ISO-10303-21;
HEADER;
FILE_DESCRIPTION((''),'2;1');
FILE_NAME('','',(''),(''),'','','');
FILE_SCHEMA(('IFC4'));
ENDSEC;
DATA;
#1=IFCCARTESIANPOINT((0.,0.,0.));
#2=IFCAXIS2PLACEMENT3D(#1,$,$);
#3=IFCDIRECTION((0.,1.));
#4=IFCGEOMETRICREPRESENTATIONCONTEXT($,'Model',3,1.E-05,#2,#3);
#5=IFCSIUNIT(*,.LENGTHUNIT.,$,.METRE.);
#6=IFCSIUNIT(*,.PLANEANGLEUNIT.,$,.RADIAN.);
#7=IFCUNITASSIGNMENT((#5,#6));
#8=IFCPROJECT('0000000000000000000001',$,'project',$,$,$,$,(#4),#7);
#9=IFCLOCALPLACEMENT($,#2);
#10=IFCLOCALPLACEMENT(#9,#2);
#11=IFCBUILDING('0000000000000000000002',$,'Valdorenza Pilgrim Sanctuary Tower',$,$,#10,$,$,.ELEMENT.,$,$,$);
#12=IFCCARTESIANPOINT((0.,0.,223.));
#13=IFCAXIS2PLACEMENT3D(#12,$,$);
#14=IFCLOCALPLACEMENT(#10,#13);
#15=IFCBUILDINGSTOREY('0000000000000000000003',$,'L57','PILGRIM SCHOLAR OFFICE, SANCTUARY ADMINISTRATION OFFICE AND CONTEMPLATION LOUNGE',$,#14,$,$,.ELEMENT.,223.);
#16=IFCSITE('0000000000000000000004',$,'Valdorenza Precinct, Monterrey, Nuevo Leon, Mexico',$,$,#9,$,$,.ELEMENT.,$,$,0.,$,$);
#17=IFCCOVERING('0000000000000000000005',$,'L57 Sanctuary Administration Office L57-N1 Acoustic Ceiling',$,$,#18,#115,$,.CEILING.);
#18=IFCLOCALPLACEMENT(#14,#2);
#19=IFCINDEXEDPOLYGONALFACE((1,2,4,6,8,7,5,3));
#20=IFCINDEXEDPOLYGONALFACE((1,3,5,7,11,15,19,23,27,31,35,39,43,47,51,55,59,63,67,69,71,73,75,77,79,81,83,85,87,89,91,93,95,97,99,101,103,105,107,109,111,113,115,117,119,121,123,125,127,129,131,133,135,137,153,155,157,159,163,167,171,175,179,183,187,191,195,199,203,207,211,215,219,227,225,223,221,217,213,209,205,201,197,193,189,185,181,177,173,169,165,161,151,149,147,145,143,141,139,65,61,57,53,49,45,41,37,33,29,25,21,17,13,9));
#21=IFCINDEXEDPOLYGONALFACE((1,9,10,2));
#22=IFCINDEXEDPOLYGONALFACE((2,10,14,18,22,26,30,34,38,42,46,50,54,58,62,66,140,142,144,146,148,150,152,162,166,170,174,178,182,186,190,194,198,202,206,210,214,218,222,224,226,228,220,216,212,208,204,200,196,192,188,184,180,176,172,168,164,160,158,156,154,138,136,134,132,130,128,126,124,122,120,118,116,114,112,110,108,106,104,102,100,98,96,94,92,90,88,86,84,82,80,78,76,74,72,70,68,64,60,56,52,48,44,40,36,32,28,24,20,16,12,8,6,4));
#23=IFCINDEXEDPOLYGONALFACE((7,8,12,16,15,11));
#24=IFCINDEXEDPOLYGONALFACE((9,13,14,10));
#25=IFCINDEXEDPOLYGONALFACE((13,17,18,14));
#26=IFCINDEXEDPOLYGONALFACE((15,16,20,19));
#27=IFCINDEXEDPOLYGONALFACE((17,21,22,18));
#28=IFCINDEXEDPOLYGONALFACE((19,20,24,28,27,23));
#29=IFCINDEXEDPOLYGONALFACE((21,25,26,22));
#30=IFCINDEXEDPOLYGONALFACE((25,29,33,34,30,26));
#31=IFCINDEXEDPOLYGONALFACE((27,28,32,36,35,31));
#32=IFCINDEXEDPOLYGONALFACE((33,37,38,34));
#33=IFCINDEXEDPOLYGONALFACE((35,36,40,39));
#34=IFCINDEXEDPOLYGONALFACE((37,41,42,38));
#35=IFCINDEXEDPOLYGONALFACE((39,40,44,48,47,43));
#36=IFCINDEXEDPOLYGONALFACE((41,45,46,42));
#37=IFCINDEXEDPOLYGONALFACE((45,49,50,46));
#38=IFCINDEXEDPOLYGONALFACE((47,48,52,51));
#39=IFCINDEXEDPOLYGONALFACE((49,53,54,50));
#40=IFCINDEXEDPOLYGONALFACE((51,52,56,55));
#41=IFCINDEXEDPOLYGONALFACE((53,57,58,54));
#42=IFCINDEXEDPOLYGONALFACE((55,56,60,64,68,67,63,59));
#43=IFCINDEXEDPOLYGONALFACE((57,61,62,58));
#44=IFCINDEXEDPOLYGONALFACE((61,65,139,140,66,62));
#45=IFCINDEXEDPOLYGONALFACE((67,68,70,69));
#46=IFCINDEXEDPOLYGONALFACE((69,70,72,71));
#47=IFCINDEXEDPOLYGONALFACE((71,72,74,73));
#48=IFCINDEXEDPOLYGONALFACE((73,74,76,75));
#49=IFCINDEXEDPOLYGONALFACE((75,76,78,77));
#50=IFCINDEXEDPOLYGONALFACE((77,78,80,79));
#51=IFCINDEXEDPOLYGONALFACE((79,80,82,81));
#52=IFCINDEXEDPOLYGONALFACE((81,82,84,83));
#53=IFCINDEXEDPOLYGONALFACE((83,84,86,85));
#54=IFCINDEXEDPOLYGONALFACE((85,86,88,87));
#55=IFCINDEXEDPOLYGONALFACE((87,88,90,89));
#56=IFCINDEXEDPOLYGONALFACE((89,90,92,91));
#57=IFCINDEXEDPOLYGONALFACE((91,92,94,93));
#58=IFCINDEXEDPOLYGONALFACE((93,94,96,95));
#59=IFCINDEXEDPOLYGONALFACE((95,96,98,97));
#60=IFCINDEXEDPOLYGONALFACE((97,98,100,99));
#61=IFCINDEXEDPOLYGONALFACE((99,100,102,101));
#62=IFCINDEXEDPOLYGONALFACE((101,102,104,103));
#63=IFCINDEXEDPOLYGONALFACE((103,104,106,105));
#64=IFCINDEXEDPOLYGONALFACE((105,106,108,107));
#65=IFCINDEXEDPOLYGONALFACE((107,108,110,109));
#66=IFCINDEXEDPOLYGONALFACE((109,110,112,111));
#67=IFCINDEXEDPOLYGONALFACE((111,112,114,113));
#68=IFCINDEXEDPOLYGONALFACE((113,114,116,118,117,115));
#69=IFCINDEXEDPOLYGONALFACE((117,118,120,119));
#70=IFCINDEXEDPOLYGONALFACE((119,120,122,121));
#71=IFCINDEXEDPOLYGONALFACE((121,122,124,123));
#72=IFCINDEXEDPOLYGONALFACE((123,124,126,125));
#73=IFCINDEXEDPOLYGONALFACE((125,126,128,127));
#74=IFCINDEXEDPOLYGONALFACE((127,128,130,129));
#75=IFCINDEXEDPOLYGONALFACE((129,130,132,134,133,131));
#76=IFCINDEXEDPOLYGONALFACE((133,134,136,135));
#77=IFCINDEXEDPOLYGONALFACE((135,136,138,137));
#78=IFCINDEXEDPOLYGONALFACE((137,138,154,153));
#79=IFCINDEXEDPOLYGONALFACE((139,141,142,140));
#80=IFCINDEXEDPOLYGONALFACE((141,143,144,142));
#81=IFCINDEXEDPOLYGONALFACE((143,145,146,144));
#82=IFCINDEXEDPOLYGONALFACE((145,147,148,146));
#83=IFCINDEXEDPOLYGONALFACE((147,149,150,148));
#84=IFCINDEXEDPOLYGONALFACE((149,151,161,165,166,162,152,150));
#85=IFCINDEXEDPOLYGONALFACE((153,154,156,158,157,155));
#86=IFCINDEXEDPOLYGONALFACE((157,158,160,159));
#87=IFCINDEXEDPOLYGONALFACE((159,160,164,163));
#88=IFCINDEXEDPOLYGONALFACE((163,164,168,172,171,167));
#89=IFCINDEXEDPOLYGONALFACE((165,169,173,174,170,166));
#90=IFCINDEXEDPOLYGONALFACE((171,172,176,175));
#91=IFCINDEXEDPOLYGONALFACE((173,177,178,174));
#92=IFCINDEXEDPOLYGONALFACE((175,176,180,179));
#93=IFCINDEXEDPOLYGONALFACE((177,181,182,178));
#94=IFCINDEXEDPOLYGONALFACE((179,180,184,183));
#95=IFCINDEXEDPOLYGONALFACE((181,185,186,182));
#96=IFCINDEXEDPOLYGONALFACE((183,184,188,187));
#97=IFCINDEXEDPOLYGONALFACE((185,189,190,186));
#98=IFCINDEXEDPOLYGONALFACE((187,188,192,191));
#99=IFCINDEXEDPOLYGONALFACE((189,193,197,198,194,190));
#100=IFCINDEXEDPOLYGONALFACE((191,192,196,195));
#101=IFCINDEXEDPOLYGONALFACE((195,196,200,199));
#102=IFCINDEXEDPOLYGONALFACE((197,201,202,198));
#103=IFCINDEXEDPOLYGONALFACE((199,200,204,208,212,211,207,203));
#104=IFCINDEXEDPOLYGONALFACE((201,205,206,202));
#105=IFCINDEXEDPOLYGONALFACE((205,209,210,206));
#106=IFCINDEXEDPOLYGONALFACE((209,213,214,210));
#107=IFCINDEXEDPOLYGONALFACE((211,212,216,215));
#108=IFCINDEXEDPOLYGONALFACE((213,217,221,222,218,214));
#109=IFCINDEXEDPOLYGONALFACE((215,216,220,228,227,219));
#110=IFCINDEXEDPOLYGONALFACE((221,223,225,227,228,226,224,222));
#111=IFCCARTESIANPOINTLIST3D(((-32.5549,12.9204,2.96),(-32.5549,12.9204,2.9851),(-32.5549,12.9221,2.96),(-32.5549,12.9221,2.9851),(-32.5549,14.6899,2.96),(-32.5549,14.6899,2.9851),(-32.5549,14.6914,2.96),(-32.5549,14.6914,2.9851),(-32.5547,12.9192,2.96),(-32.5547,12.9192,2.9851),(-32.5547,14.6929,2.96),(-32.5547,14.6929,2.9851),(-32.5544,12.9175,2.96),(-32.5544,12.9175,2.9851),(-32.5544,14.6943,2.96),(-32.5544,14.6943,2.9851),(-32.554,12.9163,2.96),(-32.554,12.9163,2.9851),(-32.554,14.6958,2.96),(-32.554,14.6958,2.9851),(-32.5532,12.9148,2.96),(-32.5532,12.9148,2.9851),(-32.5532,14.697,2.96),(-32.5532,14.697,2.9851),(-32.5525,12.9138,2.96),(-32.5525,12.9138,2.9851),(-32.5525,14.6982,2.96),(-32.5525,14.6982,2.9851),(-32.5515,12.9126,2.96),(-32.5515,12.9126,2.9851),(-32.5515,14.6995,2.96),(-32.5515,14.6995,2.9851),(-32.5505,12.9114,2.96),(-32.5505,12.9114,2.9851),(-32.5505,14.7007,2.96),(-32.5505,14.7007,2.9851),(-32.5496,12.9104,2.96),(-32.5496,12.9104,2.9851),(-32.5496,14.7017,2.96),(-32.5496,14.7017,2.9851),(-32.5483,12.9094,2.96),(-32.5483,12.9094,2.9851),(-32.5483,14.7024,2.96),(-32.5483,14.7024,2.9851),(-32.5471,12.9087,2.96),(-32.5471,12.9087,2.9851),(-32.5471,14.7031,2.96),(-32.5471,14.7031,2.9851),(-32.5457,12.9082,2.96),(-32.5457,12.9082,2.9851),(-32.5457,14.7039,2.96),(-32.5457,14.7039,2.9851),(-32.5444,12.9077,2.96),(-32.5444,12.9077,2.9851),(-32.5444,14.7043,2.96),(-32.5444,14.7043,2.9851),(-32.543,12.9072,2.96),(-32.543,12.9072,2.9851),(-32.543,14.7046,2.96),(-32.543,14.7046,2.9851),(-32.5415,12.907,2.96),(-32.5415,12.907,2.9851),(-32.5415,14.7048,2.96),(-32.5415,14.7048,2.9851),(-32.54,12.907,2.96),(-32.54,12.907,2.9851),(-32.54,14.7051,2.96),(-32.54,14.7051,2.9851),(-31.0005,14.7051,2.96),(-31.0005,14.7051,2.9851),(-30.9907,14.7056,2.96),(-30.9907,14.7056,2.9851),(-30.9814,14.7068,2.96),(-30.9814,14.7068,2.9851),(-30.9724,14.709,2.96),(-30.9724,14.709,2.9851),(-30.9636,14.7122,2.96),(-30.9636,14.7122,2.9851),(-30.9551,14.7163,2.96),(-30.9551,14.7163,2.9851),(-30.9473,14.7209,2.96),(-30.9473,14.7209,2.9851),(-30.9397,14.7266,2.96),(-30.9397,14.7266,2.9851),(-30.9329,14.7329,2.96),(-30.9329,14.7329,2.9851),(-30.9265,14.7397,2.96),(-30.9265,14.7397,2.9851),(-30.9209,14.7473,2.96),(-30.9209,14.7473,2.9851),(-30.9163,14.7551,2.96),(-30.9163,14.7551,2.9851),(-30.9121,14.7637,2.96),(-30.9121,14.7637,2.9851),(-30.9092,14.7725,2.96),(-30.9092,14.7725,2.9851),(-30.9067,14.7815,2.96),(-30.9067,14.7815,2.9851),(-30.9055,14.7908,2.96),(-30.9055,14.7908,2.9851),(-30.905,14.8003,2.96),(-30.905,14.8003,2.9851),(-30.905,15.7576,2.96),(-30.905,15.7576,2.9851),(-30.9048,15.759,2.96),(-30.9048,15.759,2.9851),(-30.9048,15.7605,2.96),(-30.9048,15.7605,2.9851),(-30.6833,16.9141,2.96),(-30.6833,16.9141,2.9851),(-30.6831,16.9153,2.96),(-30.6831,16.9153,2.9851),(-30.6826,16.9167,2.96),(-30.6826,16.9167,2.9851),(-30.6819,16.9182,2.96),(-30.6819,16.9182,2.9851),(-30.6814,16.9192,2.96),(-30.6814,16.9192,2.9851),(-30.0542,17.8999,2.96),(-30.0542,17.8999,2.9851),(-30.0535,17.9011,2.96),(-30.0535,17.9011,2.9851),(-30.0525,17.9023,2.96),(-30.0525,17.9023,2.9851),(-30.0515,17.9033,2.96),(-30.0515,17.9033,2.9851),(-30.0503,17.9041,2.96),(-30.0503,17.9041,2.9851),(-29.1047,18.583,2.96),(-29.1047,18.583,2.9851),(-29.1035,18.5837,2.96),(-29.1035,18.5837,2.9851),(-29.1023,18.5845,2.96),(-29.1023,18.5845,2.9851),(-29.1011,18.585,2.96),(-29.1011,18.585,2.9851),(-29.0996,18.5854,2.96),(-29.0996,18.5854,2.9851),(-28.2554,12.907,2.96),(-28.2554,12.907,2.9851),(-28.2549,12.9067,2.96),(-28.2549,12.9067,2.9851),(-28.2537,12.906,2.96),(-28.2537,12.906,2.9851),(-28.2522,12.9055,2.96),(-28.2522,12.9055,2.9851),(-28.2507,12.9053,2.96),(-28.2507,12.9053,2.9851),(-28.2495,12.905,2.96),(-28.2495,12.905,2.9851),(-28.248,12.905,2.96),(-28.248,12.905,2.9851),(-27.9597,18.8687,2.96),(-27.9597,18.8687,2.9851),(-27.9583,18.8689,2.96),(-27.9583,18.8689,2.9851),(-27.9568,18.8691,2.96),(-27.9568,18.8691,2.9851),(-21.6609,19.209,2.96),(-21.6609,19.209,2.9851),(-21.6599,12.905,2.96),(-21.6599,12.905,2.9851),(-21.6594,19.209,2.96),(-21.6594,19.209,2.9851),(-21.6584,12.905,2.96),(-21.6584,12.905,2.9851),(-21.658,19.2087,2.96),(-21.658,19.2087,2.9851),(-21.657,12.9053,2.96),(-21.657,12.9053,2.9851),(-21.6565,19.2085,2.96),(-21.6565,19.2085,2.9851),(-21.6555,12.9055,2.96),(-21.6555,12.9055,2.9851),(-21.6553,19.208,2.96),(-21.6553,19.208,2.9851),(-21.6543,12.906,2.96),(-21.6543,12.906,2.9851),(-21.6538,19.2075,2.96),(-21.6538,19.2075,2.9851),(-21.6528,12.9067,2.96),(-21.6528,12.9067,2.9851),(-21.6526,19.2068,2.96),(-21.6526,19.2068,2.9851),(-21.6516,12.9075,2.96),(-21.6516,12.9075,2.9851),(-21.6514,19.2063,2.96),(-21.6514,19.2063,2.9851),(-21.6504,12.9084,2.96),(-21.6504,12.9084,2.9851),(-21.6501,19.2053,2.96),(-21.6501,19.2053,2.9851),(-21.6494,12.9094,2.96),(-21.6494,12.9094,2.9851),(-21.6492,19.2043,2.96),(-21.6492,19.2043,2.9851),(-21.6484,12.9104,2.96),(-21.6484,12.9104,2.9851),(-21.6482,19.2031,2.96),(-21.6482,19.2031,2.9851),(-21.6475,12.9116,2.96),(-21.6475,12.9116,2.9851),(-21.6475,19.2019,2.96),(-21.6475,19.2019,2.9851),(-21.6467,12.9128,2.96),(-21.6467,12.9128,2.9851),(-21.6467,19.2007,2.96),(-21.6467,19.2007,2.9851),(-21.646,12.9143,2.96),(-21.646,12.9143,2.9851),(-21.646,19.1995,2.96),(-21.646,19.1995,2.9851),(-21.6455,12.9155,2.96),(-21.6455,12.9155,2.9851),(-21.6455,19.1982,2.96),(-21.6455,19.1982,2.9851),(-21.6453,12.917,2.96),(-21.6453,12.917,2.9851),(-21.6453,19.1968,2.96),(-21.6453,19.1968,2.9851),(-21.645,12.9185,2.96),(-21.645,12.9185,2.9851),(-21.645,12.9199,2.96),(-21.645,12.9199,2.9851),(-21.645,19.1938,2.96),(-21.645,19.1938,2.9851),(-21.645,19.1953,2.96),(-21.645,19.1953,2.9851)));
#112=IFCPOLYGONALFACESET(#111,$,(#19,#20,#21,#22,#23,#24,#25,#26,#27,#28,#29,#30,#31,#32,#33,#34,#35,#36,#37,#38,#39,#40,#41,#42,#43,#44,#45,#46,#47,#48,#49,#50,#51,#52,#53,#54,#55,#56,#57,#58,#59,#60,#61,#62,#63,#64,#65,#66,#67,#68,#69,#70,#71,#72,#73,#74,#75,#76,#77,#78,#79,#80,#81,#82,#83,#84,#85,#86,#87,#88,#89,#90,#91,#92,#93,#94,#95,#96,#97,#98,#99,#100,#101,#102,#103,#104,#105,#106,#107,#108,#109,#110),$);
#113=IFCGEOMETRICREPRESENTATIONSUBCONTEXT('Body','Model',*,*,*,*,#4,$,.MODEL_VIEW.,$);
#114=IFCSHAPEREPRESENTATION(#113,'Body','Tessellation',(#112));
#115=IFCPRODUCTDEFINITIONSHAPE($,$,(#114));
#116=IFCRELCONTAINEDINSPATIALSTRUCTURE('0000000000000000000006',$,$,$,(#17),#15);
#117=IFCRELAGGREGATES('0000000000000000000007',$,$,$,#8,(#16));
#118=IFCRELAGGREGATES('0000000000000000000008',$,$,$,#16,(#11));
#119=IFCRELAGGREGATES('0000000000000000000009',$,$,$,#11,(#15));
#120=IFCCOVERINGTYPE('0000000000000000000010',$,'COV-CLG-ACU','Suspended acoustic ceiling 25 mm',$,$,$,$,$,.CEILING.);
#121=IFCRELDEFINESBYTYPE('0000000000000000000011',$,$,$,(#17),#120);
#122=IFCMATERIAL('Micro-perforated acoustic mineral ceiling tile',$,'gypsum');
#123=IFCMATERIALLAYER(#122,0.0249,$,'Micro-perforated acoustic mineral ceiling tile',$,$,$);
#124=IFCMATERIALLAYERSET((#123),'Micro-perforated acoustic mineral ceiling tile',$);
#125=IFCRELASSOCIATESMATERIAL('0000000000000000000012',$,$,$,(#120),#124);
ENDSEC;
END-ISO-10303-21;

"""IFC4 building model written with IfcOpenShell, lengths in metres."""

from ifc_helpers import new_model, si_unit, direction, frame, origin, place, context, subcontext, project, spatial, polyline, outline, extrude, material, layer, layer_set, type_object, element, save


model = new_model("IFC4")

# Units and contexts
model_context = context("Model", 3, precision=1e-05, world=origin(), true_north=direction((0.0, 1.0)))
body_context = subcontext(model_context, "Body", "Model", "MODEL_VIEW")
ifc_project = project(units=[si_unit("LENGTHUNIT", "METRE"), si_unit("PLANEANGLEUNIT", "RADIAN")], contexts=[model_context])

# Site, building, storey
site_placement = place(None, origin())
site = spatial("IfcSite", under=ifc_project, at=site_placement, Name="Valdorenza Precinct, Monterrey, Nuevo Leon, Mexico", CompositionType="ELEMENT", RefElevation=0.0)
building_placement = place(site_placement, origin())
building = spatial("IfcBuilding", under=site, at=building_placement, Name="Valdorenza Pilgrim Sanctuary Tower", CompositionType="ELEMENT")
storey_placement = place(building_placement, frame((0.0, 0.0, 223.0)))
storey = spatial("IfcBuildingStorey", under=building, at=storey_placement, Name="L57", Description="PILGRIM SCHOLAR OFFICE, SANCTUARY ADMINISTRATION OFFICE AND CONTEMPLATION LOUNGE", CompositionType="ELEMENT", Elevation=223.0)

# Covering
ifc_material_1 = material(Name="Micro-perforated acoustic mineral ceiling tile", Category="gypsum")
ifc_layer_1 = layer(ifc_material_1, 0.0249, Name="Micro-perforated acoustic mineral ceiling tile")
ifc_layer_set_1 = layer_set([ifc_layer_1], Name="Micro-perforated acoustic mineral ceiling tile")
covering_type_1 = type_object("IfcCoveringType", Name="COV-CLG-ACU", Description="Suspended acoustic ceiling 25 mm", PredefinedType="CEILING", material=ifc_layer_set_1)
covering_1_placement = place(storey_placement, frame((0.0, 0.0, 2.96)))
element("IfcCovering", 1, at=covering_1_placement, inside=storey, type_object=covering_type_1, Name="L57 Sanctuary Administration Office L57-N1 Acoustic Ceiling", PredefinedType="CEILING", context=body_context, shape_type="SweptSolid", body=[
    extrude(outline(polyline([(-28.2554, 12.907), (-32.54, 12.907), (-32.5415, 12.907), (-32.543, 12.9072), (-32.5444, 12.9077), (-32.5457, 12.9082), (-32.5471, 12.9087), (-32.5483, 12.9094), (-32.5496, 12.9104), (-32.5505, 12.9114), (-32.5515, 12.9126), (-32.5525, 12.9138), (-32.5532, 12.9148), (-32.554, 12.9163), (-32.5544, 12.9175), (-32.5547, 12.9192), (-32.5549, 12.9204), (-32.5549, 12.9221), (-32.5549, 14.6899), (-32.5549, 14.6914), (-32.5547, 14.6929), (-32.5544, 14.6943), (-32.554, 14.6958), (-32.5532, 14.697), (-32.5525, 14.6982), (-32.5515, 14.6995), (-32.5505, 14.7007), (-32.5496, 14.7017), (-32.5483, 14.7024), (-32.5471, 14.7031), (-32.5457, 14.7039), (-32.5444, 14.7043), (-32.543, 14.7046), (-32.5415, 14.7048), (-32.54, 14.7051), (-31.0005, 14.7051), (-30.9907, 14.7056), (-30.9814, 14.7068), (-30.9724, 14.709), (-30.9636, 14.7122), (-30.9551, 14.7163), (-30.9473, 14.7209), (-30.9397, 14.7266), (-30.9329, 14.7329), (-30.9265, 14.7397), (-30.9209, 14.7473), (-30.9163, 14.7551), (-30.9121, 14.7637), (-30.9092, 14.7725), (-30.9067, 14.7815), (-30.9055, 14.7908), (-30.905, 14.8003), (-30.905, 15.7576), (-30.9048, 15.759), (-30.9048, 15.7605), (-30.6833, 16.9141), (-30.6831, 16.9153), (-30.6826, 16.9167), (-30.6819, 16.9182), (-30.6814, 16.9192), (-30.0542, 17.8999), (-30.0535, 17.9011), (-30.0525, 17.9023), (-30.0515, 17.9033), (-30.0503, 17.9041), (-29.1047, 18.583), (-29.1035, 18.5837), (-29.1023, 18.5845), (-29.1011, 18.585), (-29.0996, 18.5854), (-27.9597, 18.8687), (-27.9583, 18.8689), (-27.9568, 18.8691), (-21.6609, 19.209), (-21.6594, 19.209), (-21.658, 19.2087), (-21.6565, 19.2085), (-21.6553, 19.208), (-21.6538, 19.2075), (-21.6526, 19.2068), (-21.6514, 19.2063), (-21.6501, 19.2053), (-21.6492, 19.2043), (-21.6482, 19.2031), (-21.6475, 19.2019), (-21.6467, 19.2007), (-21.646, 19.1995), (-21.6455, 19.1982), (-21.6453, 19.1968), (-21.645, 19.1953), (-21.645, 19.1938), (-21.645, 12.9199), (-21.645, 12.9185), (-21.6453, 12.917), (-21.6455, 12.9155), (-21.646, 12.9143), (-21.6467, 12.9128), (-21.6475, 12.9116), (-21.6484, 12.9104), (-21.6494, 12.9094), (-21.6504, 12.9084), (-21.6516, 12.9075), (-21.6528, 12.9067), (-21.6543, 12.906), (-21.6555, 12.9055), (-21.657, 12.9053), (-21.6584, 12.905), (-21.6599, 12.905), (-28.248, 12.905), (-28.2495, 12.905), (-28.2507, 12.9053), (-28.2522, 12.9055), (-28.2537, 12.906), (-28.2549, 12.9067), (-28.2554, 12.907)])), origin(), (0.0, 0.0, 1.0), 0.0251),
])

save(model, "model.ifc")
